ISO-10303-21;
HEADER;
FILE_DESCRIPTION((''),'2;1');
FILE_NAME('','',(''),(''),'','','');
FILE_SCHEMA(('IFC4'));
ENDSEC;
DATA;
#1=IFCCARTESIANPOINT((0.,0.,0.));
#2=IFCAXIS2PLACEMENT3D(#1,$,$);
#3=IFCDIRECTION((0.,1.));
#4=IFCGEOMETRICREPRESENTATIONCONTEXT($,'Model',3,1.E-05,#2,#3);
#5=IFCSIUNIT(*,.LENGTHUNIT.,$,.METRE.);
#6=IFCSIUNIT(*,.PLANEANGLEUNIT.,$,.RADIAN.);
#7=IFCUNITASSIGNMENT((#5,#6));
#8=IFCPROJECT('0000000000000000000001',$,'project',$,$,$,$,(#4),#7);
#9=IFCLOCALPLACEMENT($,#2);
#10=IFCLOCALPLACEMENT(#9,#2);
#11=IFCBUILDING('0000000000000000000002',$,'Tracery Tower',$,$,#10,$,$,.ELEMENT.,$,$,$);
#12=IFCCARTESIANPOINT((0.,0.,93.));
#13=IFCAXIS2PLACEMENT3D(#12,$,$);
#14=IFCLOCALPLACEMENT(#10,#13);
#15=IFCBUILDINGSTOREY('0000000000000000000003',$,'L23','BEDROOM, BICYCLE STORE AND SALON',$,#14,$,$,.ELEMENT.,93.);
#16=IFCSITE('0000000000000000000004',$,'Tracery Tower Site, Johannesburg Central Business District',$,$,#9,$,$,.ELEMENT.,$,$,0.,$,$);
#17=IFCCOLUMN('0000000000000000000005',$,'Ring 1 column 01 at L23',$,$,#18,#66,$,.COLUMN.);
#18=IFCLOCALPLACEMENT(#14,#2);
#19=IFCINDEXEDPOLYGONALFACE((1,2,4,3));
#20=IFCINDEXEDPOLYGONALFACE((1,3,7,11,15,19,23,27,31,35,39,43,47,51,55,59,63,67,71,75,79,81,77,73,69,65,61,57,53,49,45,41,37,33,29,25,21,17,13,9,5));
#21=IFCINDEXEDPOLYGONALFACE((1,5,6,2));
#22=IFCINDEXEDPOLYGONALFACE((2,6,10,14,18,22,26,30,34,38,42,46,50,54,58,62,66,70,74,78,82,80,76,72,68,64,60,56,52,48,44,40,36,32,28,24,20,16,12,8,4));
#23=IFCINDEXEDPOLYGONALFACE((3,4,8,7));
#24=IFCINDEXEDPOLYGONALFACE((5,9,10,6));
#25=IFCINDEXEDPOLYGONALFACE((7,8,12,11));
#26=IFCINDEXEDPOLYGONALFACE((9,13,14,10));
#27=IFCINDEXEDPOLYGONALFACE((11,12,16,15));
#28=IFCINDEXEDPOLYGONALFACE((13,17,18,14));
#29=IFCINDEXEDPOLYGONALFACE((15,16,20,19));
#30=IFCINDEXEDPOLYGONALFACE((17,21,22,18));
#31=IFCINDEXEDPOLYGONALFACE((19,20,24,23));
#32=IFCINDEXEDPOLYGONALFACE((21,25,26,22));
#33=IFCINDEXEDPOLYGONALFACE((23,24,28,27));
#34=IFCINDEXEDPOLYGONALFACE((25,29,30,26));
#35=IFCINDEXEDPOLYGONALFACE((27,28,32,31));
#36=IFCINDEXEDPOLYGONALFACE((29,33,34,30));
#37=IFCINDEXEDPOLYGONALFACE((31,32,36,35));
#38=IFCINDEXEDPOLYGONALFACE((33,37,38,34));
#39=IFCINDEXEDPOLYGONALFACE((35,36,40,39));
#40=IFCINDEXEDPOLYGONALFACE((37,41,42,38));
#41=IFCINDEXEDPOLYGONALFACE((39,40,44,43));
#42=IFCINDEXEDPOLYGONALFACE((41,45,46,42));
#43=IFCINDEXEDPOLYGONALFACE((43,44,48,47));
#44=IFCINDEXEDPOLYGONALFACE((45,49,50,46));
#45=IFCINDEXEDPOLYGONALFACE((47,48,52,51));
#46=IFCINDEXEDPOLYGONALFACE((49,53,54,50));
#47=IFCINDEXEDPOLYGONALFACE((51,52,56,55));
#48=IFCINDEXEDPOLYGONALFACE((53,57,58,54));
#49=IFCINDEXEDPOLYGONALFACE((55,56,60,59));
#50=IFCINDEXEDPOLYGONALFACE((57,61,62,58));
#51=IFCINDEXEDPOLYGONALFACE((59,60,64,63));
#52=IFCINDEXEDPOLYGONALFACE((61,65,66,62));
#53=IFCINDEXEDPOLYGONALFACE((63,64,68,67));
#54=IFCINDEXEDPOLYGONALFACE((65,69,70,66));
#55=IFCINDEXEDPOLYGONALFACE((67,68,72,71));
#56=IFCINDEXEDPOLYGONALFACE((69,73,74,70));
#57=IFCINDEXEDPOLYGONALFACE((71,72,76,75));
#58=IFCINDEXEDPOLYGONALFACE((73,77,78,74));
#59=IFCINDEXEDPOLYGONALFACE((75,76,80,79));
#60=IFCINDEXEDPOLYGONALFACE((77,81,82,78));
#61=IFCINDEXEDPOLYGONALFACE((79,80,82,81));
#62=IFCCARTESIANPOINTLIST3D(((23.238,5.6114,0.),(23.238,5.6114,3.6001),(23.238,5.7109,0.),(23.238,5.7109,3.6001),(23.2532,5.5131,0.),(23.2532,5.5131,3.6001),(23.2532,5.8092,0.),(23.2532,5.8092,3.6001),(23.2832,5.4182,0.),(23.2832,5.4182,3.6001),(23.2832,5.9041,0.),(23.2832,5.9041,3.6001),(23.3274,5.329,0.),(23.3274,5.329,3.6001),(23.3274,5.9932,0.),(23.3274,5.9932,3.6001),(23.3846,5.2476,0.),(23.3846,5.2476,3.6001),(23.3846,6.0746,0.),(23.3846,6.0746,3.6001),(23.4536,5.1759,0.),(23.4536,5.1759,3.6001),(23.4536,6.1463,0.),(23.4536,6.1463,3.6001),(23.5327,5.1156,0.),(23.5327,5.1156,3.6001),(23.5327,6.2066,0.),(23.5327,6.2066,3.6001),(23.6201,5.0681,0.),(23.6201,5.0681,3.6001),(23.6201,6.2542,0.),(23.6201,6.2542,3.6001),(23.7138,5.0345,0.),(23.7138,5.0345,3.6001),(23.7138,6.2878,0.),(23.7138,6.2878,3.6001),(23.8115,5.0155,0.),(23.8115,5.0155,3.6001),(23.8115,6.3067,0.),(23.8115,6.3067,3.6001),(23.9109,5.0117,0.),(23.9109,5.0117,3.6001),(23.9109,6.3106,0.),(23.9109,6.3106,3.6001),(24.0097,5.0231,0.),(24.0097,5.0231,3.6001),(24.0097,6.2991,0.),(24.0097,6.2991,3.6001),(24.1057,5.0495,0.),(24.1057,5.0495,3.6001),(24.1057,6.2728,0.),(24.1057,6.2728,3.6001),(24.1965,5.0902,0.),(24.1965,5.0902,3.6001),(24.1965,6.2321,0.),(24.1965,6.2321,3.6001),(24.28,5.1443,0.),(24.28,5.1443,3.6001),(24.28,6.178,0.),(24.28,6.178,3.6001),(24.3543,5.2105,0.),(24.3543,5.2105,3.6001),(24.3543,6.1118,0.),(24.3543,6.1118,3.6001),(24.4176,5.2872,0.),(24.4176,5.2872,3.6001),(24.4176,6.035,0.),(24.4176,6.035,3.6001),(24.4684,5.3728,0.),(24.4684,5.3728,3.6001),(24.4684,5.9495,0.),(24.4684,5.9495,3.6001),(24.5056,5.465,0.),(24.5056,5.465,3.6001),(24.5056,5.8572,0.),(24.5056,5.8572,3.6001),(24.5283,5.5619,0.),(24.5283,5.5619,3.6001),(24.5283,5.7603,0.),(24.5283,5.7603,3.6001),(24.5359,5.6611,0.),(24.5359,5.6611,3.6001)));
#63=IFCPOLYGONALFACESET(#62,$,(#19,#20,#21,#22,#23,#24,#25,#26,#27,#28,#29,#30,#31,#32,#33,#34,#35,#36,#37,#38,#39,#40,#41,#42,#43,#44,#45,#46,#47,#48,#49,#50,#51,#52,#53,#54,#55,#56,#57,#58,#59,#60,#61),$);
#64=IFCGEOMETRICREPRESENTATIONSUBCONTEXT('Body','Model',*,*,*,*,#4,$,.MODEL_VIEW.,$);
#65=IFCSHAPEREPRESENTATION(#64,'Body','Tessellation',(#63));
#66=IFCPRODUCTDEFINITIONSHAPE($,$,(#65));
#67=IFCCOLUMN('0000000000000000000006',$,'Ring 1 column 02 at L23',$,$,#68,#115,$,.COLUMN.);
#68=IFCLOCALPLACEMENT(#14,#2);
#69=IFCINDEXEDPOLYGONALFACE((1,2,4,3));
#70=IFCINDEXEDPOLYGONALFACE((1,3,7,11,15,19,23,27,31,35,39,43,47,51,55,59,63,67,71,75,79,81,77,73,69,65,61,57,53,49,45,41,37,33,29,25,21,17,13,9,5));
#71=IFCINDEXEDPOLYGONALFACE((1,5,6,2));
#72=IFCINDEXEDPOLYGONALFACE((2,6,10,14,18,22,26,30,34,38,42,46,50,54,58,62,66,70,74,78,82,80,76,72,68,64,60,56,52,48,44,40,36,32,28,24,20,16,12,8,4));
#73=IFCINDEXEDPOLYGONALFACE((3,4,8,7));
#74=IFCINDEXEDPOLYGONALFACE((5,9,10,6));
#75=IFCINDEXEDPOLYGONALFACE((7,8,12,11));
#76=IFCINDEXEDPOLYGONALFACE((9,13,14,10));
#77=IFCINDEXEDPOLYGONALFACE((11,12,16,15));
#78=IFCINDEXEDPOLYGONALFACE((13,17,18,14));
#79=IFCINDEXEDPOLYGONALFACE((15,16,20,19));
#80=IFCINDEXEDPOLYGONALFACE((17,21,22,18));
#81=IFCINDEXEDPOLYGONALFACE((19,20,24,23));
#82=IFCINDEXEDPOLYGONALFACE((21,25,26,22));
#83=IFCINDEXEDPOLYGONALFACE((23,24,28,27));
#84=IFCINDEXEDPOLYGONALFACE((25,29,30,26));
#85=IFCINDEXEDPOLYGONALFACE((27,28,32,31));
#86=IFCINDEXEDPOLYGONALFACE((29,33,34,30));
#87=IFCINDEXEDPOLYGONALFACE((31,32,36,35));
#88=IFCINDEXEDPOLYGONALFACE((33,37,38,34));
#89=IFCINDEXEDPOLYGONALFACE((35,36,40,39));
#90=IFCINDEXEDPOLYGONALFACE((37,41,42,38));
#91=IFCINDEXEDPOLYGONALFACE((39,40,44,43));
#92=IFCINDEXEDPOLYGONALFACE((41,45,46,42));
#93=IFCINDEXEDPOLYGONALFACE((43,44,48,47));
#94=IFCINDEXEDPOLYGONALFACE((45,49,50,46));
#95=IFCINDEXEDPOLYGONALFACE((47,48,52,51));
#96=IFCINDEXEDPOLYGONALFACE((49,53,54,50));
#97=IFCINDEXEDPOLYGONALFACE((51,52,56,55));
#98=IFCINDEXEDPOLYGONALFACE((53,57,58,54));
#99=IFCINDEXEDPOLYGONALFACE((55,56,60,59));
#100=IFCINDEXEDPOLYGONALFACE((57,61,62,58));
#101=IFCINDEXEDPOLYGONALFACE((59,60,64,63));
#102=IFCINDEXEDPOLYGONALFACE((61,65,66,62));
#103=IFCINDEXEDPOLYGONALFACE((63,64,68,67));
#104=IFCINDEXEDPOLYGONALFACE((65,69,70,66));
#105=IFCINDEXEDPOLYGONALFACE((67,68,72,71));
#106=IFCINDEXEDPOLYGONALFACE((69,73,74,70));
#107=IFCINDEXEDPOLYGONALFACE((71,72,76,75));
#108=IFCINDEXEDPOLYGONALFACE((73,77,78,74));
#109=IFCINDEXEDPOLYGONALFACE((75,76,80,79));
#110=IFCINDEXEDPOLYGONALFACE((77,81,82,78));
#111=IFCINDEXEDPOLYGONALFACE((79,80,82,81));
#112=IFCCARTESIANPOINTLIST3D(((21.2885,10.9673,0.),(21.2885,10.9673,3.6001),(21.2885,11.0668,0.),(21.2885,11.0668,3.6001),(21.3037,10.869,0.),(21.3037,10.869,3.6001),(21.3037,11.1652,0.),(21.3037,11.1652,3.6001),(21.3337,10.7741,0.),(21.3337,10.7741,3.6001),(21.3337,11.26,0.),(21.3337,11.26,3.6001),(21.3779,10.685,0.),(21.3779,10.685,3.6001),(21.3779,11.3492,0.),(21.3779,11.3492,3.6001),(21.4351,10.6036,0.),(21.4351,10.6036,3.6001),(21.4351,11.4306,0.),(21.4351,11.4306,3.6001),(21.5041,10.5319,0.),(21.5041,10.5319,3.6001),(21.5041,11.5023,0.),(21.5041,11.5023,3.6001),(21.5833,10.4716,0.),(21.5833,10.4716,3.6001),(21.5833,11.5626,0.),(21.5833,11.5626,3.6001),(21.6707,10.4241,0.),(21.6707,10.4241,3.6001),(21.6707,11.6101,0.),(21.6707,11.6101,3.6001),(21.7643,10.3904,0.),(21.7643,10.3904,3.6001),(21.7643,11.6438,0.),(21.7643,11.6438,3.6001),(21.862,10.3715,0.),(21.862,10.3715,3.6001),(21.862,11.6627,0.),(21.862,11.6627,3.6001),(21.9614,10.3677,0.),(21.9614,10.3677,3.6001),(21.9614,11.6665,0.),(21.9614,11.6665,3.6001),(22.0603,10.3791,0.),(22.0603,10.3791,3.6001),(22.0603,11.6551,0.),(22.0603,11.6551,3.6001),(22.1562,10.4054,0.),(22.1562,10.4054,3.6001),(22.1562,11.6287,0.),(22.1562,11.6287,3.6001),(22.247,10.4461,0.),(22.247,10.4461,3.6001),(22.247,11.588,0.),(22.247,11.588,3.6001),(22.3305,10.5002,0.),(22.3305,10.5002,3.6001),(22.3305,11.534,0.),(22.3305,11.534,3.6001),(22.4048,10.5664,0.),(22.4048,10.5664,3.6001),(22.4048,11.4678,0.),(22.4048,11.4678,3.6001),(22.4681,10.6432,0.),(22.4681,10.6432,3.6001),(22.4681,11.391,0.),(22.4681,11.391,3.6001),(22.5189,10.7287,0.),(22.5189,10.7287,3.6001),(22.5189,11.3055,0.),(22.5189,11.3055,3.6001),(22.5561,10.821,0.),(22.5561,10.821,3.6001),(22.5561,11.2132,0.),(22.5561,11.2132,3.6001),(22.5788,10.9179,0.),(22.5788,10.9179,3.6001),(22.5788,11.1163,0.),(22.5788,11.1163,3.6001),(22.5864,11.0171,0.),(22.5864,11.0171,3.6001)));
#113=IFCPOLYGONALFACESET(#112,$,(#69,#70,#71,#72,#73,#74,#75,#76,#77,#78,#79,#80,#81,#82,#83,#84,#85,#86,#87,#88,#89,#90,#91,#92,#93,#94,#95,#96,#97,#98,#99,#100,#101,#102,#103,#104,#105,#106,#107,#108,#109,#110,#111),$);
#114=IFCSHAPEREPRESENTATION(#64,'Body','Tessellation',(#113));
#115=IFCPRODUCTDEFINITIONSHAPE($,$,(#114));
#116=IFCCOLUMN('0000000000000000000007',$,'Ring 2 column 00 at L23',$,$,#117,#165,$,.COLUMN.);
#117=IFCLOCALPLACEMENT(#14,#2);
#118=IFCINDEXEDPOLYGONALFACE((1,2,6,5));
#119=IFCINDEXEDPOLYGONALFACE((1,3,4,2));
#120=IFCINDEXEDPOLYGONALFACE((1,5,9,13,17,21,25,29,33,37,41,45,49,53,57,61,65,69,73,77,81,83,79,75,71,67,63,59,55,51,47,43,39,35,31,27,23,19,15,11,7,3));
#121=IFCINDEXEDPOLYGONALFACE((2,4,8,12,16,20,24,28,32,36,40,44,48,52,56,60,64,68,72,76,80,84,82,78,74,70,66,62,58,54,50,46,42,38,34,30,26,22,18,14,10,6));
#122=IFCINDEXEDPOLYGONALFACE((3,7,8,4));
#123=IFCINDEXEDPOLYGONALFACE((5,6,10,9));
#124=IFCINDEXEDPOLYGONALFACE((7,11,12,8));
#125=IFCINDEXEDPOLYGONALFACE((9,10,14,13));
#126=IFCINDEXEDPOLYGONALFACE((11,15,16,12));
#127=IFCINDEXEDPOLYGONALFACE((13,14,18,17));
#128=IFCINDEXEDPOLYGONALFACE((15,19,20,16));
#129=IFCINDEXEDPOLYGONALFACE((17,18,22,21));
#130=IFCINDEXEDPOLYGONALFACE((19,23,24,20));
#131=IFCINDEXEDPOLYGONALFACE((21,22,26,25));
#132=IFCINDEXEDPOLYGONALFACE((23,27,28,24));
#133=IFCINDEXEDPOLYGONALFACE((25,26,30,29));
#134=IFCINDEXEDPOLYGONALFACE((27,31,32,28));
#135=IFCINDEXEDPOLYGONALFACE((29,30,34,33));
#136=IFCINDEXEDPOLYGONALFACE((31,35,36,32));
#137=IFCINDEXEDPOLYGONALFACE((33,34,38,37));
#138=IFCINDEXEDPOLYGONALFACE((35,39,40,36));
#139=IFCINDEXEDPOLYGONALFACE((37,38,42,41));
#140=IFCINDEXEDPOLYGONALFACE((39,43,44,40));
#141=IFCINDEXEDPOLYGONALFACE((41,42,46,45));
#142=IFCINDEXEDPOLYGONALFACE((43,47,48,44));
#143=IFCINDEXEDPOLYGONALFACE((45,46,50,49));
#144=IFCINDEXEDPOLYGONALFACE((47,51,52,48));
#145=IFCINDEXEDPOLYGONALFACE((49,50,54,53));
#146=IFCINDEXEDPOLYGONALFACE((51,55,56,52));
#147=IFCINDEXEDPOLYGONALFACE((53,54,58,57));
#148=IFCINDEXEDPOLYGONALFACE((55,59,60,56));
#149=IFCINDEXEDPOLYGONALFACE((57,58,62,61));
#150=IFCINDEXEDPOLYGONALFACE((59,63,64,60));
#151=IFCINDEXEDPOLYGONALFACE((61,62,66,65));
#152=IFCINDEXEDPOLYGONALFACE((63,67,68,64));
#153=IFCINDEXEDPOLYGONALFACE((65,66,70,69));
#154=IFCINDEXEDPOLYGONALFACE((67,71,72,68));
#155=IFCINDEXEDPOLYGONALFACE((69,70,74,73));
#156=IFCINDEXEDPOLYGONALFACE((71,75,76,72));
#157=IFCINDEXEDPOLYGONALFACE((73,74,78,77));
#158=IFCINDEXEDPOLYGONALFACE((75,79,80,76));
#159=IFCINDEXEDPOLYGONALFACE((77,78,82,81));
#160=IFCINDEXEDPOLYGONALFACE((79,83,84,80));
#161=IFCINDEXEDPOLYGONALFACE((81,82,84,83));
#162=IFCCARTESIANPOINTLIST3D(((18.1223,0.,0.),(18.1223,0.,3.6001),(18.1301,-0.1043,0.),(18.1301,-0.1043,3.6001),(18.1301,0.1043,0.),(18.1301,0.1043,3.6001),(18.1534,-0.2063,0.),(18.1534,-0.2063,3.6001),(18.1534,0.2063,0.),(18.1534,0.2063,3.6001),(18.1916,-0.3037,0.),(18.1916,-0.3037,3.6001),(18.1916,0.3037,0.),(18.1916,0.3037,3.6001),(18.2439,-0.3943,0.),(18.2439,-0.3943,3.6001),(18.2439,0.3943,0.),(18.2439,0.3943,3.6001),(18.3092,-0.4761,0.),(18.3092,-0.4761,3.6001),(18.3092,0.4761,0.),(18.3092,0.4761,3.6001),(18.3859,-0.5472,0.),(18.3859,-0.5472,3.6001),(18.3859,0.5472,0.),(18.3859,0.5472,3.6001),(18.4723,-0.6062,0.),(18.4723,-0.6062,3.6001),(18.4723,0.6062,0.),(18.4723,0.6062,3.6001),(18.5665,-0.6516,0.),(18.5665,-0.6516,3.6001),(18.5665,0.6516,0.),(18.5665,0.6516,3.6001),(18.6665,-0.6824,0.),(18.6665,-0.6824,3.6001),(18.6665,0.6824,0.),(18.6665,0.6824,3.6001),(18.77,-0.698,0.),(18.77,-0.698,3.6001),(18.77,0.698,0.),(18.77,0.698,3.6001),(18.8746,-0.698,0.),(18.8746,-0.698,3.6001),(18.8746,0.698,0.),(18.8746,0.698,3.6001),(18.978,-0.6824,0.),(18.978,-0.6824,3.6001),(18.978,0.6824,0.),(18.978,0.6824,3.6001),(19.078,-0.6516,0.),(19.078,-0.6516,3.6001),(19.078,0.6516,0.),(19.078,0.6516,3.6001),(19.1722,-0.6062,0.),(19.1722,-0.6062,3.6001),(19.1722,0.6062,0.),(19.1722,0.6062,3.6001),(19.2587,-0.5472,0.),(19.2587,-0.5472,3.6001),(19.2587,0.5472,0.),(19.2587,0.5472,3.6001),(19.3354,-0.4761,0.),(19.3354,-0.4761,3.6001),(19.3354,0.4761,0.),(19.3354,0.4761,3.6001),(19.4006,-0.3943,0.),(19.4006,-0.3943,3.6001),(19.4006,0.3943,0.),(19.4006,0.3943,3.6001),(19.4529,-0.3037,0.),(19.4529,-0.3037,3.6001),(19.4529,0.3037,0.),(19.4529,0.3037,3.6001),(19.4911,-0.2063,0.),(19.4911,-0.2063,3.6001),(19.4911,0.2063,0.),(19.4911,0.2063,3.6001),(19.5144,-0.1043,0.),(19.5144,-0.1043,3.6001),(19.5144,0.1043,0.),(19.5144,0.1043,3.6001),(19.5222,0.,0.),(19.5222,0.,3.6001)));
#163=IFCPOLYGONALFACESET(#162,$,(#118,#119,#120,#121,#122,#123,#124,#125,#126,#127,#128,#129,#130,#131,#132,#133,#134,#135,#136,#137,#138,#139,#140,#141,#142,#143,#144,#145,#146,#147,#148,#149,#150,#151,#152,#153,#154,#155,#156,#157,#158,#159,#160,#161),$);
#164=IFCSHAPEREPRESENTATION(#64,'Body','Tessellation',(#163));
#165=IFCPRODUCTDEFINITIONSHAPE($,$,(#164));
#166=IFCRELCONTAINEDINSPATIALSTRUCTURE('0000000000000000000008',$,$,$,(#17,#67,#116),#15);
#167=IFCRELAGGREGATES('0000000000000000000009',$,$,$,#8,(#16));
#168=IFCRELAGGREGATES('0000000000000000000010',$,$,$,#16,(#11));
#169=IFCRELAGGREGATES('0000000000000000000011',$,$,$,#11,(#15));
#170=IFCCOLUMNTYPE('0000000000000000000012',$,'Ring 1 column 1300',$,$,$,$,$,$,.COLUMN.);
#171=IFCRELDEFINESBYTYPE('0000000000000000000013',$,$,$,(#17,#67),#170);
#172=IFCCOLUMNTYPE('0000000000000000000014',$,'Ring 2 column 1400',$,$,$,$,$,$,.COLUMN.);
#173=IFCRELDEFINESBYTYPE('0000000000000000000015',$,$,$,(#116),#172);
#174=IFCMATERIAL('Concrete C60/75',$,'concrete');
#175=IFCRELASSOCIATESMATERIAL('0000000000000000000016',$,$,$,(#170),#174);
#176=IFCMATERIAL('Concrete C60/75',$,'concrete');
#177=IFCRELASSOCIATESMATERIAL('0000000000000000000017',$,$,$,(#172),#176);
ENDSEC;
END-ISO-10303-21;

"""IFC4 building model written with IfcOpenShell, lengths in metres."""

from ifc_helpers import new_model, si_unit, direction, frame, origin, origin_2d, place, context, subcontext, project, spatial, circle, extrude, material, material_profile, profile_set, type_object, element, save


model = new_model("IFC4")

# Units and contexts
model_context = context("Model", 3, precision=1e-05, world=origin(), true_north=direction((0.0, 1.0)))
body_context = subcontext(model_context, "Body", "Model", "MODEL_VIEW")
ifc_project = project(units=[si_unit("LENGTHUNIT", "METRE"), si_unit("PLANEANGLEUNIT", "RADIAN")], contexts=[model_context])

# Site, building, storey
site_placement = place(None, origin())
site = spatial("IfcSite", under=ifc_project, at=site_placement, Name="Tracery Tower Site, Johannesburg Central Business District", CompositionType="ELEMENT", RefElevation=0.0)
building_placement = place(site_placement, origin())
building = spatial("IfcBuilding", under=site, at=building_placement, Name="Tracery Tower", CompositionType="ELEMENT")
storey_placement = place(building_placement, frame((0.0, 0.0, 93.0)))
storey = spatial("IfcBuildingStorey", under=building, at=storey_placement, Name="L23", Description="BEDROOM, BICYCLE STORE AND SALON", CompositionType="ELEMENT", Elevation=93.0)

# Columns
ifc_material_1 = material(Name="Concrete C60/75", Category="concrete")
ifc_material_profile_1 = material_profile(ifc_material_1, circle(Radius=0.6499, at=origin_2d()), Name="RC D1300")
ifc_profile_set_1 = profile_set([ifc_material_profile_1], Name="Concrete C60/75")
column_type_1 = type_object("IfcColumnType", Name="Ring 1 column 1300", PredefinedType="COLUMN", material=ifc_profile_set_1)
for number, where, z_axis, x_axis, name in (
    (1, (23.886, 5.6611, 0.0), (0.0, 0.0, 1.0), (1.0, 0.0, 0.0), "Ring 1 column 01 at L23"),
    (2, (21.9365, 11.0171, 0.0), (0.0, 0.0, 1.0), (1.0, 0.0, 0.0), "Ring 1 column 02 at L23"),
):
    element("IfcColumn", number, at=place(storey_placement, frame(where, z_axis=z_axis, x_axis=x_axis)), inside=storey, type_object=column_type_1, Name=name, PredefinedType="COLUMN", context=body_context, shape_type="SweptSolid", body=[
        extrude(circle(Radius=0.6499, at=origin_2d()), origin(), (0.0, 0.0, 1.0), 3.6001),
    ])
ifc_material_2 = material(Name="Concrete C60/75", Category="concrete")
ifc_material_profile_2 = material_profile(ifc_material_2, circle(Radius=0.7, at=origin_2d()), Name="RC D1400")
ifc_profile_set_2 = profile_set([ifc_material_profile_2], Name="Concrete C60/75")
column_type_2 = type_object("IfcColumnType", Name="Ring 2 column 1400", PredefinedType="COLUMN", material=ifc_profile_set_2)
for number, where, z_axis, x_axis, name in (
    (3, (18.8223, 0.0, 0.0), (0.0, 0.0, 1.0), (1.0, 0.0, 0.0), "Ring 2 column 00 at L23"),
):
    element("IfcColumn", number, at=place(storey_placement, frame(where, z_axis=z_axis, x_axis=x_axis)), inside=storey, type_object=column_type_2, Name=name, PredefinedType="COLUMN", context=body_context, shape_type="SweptSolid", body=[
        extrude(circle(Radius=0.7, at=origin_2d()), origin(), (0.0, 0.0, 1.0), 3.6001),
    ])

save(model, "model.ifc")
